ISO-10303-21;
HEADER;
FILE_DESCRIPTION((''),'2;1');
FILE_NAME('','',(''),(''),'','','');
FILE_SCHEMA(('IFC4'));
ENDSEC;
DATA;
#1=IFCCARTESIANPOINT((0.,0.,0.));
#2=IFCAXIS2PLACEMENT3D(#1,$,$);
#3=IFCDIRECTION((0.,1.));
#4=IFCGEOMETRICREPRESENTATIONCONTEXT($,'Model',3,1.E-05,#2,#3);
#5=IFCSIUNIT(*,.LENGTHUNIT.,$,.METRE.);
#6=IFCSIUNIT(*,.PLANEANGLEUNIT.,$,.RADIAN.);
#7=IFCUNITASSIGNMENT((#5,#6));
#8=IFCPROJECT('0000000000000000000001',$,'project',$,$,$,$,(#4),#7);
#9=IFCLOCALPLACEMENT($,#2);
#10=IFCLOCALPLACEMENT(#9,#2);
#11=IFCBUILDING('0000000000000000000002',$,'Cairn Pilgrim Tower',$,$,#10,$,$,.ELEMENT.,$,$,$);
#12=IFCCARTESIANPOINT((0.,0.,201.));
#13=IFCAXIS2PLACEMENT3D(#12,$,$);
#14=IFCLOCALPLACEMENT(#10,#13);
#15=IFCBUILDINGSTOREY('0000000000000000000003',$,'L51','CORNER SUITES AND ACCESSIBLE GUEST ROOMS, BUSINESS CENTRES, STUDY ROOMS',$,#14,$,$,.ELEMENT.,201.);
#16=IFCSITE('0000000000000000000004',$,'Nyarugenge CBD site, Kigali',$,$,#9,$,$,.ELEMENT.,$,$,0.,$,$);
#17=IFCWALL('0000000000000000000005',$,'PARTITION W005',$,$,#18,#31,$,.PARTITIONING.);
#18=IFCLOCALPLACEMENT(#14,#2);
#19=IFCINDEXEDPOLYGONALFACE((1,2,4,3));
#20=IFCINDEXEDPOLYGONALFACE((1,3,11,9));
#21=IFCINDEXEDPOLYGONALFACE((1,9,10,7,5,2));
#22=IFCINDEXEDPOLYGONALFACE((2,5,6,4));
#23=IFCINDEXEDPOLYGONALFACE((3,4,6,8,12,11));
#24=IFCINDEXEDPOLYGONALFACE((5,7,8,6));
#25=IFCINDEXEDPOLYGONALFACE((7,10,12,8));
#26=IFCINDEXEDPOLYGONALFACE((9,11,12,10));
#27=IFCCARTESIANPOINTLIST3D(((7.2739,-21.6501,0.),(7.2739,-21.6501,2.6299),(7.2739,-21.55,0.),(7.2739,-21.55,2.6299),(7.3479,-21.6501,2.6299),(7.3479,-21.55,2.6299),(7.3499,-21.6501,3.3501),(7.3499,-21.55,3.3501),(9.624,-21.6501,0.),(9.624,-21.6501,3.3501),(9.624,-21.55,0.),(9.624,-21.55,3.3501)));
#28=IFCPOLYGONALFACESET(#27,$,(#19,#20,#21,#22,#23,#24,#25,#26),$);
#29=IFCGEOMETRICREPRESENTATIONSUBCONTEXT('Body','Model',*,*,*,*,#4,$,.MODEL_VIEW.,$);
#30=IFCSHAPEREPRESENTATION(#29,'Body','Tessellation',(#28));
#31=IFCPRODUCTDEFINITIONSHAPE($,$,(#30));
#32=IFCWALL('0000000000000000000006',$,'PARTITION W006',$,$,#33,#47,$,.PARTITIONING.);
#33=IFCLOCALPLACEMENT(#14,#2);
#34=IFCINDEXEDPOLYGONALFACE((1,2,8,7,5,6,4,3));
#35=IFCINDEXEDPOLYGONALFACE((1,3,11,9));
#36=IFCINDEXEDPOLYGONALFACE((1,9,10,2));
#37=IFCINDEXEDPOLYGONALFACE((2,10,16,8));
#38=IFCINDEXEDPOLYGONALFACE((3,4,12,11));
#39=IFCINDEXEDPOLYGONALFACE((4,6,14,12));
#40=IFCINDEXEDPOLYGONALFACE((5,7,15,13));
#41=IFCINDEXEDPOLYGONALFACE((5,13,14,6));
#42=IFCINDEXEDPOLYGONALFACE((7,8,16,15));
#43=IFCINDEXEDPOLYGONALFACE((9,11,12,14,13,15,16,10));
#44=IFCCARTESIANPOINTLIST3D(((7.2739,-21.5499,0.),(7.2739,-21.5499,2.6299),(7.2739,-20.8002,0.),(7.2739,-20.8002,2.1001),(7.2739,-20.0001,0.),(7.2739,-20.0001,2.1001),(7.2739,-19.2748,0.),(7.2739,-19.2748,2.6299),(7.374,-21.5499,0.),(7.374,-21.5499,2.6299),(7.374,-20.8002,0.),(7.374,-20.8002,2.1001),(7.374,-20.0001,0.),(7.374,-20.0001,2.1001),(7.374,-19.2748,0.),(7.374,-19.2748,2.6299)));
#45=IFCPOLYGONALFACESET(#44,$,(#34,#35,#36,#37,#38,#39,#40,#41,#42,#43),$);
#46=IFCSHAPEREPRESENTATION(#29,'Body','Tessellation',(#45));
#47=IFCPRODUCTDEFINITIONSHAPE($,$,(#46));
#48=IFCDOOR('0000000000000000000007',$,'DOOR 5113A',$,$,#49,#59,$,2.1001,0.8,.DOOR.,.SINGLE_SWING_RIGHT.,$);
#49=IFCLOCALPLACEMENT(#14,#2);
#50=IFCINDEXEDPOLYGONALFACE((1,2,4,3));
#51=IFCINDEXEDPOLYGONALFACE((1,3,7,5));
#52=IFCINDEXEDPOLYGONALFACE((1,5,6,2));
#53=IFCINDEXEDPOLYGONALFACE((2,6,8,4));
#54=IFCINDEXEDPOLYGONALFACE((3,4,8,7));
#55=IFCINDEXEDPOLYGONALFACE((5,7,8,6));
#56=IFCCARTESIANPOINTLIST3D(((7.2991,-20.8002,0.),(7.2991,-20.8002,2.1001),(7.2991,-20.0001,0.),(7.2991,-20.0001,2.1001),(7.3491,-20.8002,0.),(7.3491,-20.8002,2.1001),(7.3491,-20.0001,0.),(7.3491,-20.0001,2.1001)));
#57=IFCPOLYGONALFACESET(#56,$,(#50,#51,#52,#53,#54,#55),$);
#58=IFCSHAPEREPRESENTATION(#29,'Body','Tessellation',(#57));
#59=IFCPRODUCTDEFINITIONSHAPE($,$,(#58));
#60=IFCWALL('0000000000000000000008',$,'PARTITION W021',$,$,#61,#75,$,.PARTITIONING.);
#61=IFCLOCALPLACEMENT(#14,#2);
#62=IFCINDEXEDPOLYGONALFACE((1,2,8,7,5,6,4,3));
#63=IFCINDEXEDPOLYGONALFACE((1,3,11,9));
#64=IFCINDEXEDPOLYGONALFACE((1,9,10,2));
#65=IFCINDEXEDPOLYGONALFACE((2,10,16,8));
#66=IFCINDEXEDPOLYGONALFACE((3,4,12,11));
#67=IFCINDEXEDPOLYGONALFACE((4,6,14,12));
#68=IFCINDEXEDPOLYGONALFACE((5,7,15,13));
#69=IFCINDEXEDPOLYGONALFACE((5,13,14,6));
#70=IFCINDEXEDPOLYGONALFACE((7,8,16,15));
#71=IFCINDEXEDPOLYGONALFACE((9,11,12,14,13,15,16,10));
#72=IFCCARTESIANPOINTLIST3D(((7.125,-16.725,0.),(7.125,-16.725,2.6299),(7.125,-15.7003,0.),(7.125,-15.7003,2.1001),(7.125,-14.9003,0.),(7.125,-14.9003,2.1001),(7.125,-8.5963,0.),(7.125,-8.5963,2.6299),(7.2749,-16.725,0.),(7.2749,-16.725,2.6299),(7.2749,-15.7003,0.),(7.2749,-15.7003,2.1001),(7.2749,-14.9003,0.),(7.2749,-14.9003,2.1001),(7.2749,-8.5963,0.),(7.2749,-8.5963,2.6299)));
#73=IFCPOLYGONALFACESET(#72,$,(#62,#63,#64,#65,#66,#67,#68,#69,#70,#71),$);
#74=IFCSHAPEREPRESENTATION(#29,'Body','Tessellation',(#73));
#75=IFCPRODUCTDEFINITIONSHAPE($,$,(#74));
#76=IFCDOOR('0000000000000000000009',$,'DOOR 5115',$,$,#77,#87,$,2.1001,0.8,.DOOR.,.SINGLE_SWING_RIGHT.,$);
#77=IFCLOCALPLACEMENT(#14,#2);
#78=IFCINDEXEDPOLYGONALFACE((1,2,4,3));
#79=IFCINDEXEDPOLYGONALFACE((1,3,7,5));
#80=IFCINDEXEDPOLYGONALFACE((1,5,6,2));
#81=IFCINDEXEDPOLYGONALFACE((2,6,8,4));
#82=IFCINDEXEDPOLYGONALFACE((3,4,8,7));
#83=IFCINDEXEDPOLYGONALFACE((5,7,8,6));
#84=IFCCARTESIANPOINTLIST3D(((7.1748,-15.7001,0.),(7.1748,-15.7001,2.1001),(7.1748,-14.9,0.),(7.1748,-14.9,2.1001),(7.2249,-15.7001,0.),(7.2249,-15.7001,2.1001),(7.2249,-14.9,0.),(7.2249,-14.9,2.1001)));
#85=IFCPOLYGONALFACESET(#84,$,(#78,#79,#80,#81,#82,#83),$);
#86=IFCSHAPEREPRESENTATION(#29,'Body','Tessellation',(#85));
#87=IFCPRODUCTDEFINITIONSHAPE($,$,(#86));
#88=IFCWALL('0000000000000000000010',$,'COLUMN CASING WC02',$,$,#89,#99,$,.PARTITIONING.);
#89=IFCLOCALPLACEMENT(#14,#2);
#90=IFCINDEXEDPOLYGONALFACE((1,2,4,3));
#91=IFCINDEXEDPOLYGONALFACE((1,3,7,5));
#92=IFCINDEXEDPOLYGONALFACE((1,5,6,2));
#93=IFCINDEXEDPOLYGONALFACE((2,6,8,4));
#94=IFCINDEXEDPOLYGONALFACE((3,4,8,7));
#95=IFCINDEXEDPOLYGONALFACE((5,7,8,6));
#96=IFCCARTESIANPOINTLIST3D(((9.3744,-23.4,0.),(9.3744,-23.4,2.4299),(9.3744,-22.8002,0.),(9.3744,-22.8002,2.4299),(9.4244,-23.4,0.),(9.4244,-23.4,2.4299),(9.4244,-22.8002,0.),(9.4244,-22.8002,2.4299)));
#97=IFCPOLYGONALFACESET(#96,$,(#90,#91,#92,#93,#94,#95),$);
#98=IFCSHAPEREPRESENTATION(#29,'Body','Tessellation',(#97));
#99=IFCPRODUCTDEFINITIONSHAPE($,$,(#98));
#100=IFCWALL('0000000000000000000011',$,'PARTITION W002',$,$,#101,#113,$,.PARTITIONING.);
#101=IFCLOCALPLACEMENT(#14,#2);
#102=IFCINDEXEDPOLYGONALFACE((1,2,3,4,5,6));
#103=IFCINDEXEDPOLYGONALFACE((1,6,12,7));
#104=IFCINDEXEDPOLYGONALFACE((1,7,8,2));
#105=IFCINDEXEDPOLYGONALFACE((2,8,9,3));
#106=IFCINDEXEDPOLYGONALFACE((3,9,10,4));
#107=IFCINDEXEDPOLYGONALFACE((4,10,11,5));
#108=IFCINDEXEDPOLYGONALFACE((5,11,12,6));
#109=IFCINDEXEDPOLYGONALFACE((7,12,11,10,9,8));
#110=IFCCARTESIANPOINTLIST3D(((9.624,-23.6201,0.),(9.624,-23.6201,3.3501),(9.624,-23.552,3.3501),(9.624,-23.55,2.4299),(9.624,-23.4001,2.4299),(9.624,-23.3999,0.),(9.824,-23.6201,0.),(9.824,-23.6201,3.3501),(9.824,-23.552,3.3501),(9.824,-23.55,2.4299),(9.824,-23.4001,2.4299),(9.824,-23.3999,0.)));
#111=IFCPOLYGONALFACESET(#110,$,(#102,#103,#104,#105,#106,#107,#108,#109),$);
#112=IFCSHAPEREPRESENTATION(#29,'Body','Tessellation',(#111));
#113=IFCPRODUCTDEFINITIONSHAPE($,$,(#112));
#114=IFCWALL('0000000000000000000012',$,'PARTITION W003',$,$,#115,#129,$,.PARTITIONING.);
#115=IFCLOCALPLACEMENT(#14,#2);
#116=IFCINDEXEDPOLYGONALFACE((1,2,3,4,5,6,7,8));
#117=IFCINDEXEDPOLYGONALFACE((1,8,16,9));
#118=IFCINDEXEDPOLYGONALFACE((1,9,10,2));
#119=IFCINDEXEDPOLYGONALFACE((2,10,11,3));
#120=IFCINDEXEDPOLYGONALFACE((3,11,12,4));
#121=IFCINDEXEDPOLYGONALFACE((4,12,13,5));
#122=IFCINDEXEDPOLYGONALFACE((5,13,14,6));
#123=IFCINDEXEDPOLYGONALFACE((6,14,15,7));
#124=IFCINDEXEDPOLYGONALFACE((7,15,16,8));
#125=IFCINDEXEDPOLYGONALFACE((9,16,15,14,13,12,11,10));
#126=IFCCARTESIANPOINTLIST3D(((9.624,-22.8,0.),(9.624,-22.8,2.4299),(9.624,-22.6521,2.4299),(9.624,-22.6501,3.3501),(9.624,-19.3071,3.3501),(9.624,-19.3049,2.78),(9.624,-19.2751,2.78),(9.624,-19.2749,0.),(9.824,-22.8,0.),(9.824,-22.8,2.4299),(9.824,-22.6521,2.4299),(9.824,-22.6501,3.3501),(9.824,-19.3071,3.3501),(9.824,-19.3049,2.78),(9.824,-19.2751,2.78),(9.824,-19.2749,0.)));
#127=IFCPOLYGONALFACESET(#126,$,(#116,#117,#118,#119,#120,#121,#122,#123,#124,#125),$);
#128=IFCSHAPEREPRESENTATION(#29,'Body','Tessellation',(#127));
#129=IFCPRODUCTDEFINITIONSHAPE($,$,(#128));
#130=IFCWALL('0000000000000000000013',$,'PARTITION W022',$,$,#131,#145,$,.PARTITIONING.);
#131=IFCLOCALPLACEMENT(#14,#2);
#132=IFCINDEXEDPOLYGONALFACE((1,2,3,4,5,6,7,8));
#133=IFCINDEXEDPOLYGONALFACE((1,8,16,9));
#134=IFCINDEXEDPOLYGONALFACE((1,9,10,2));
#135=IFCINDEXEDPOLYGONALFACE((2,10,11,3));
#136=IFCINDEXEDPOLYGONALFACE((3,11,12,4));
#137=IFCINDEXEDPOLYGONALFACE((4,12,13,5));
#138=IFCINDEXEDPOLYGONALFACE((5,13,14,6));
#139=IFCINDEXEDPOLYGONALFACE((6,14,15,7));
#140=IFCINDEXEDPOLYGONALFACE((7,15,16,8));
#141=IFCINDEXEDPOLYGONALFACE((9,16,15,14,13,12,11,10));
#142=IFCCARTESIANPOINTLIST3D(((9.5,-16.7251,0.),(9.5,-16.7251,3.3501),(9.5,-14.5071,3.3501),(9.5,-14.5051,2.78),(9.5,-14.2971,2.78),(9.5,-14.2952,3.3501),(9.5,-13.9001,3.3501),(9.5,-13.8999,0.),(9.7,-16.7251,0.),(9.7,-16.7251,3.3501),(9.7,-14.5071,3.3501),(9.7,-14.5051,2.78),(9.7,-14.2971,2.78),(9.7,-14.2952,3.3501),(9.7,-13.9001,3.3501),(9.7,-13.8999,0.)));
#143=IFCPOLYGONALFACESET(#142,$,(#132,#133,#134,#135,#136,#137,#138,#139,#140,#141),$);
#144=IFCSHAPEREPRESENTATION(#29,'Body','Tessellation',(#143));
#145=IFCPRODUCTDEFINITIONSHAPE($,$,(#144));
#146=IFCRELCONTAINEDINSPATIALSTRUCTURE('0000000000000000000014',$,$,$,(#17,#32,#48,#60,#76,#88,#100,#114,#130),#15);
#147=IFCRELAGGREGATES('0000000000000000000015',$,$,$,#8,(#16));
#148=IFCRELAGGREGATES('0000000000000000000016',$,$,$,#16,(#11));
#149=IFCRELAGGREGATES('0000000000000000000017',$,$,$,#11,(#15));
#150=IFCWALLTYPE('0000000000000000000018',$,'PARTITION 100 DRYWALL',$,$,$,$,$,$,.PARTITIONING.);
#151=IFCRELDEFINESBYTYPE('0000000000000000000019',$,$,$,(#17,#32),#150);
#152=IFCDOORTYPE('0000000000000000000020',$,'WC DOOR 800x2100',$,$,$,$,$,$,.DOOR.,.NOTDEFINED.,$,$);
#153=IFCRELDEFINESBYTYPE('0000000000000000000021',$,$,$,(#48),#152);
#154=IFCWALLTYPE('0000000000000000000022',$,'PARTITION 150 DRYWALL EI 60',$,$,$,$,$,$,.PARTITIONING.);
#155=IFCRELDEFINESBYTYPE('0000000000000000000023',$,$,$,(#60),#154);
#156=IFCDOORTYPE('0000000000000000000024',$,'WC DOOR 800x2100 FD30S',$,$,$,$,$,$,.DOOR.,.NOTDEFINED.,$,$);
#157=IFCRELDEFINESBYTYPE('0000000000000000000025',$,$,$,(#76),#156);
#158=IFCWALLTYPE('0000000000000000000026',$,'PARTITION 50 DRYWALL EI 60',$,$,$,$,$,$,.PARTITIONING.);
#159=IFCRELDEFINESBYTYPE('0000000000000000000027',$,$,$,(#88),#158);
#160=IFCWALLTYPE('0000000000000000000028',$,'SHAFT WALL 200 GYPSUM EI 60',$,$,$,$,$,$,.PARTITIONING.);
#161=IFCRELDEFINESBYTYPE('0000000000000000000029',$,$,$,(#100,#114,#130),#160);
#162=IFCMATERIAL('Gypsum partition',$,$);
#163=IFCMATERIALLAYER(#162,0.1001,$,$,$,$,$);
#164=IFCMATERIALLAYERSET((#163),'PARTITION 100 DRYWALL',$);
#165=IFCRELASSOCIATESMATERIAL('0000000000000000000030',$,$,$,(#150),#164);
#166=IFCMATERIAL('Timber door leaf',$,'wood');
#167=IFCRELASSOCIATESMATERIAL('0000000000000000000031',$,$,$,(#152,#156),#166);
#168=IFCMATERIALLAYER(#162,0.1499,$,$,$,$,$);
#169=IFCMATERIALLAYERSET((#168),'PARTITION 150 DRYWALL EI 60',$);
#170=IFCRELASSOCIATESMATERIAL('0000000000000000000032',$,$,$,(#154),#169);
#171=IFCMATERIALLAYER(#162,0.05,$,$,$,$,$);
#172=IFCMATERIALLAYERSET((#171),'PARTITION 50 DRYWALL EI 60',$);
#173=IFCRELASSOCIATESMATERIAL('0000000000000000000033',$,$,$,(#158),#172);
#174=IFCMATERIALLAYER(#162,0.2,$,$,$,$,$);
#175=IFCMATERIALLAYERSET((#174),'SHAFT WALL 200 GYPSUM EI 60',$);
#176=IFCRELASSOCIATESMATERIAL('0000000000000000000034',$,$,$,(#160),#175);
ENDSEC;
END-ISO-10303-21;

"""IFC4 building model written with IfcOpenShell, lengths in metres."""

from ifc_helpers import new_model, si_unit, direction, frame, frame_2d, origin, place, context, subcontext, project, spatial, polyline, rectangle, outline, extrude, material, layer, layer_set, type_object, element, fill, save


model = new_model("IFC4")

# Units and contexts
model_context = context("Model", 3, precision=1e-05, world=origin(), true_north=direction((0.0, 1.0)))
body_context = subcontext(model_context, "Body", "Model", "MODEL_VIEW")
ifc_project = project(units=[si_unit("LENGTHUNIT", "METRE"), si_unit("PLANEANGLEUNIT", "RADIAN")], contexts=[model_context])

# Site, building, storey
site_placement = place(None, origin())
site = spatial("IfcSite", under=ifc_project, at=site_placement, Name="Nyarugenge CBD site, Kigali", CompositionType="ELEMENT", RefElevation=0.0)
building_placement = place(site_placement, origin())
building = spatial("IfcBuilding", under=site, at=building_placement, Name="Cairn Pilgrim Tower", CompositionType="ELEMENT")
storey_placement = place(building_placement, frame((0.0, 0.0, 201.0)))
storey = spatial("IfcBuildingStorey", under=building, at=storey_placement, Name="L51", Description="CORNER SUITES AND ACCESSIBLE GUEST ROOMS, BUSINESS CENTRES, STUDY ROOMS", CompositionType="ELEMENT", Elevation=201.0)

# Wall
ifc_material_1 = material(Name="Gypsum partition")
ifc_layer_1 = layer(ifc_material_1, 0.1001)
ifc_layer_set_1 = layer_set([ifc_layer_1], Name="PARTITION 100 DRYWALL")
wall_type_1 = type_object("IfcWallType", Name="PARTITION 100 DRYWALL", PredefinedType="PARTITIONING", material=ifc_layer_set_1)
wall_1_placement = place(storey_placement, frame((7.2739, -21.6001, 0.0), z_axis=(0.0, 0.0, 1.0), x_axis=(1.0, 0.0, 0.0)))
element("IfcWall", 1, at=wall_1_placement, inside=storey, type_object=wall_type_1, Name="PARTITION W005", PredefinedType="PARTITIONING", context=body_context, shape_type="SweptSolid", body=[
    extrude(outline(polyline([(0.0, 0.0), (2.3501, 0.0), (2.3501, 3.3501), (0.0759, 3.3501), (0.074, 2.6299), (0.0, 2.6299), (0.0, 0.0)])), frame((0.0, 0.05, 0.0), z_axis=(0.0, -1.0, 0.0), x_axis=(1.0, 0.0, 0.0)), (0.0, 0.0, 1.0), 0.1001),
])

# Walls, openings, doors
wall_2_placement = place(storey_placement, frame((7.324, -21.55, 0.0), z_axis=(0.0, 0.0, 1.0), x_axis=(0.0, 1.0, 0.0)))
wall_2 = element("IfcWall", 2, at=wall_2_placement, inside=storey, type_object=wall_type_1, Name="PARTITION W006", PredefinedType="PARTITIONING", context=body_context, shape_type="SweptSolid", body=[
    extrude(rectangle(XDim=2.2751, YDim=0.1001, at=frame_2d((1.1377, 0.0))), origin(), (0.0, 0.0, 1.0), 2.6299),
])
opening_1_placement = place(wall_2_placement, frame((0.75, 0.0, 0.0)))
opening_1 = element("IfcOpeningElement", 3, at=opening_1_placement, cuts=wall_2, PredefinedType="OPENING", context=body_context, shape_type="SweptSolid", body=[
    extrude(rectangle(XDim=0.8, YDim=2.1001, at=frame_2d((0.3999, 1.05))), frame((0.0, 0.0601, 0.0), z_axis=(0.0, -1.0, 0.0), x_axis=(1.0, 0.0, 0.0)), (0.0, 0.0, 1.0), 0.1201),
])
ifc_material_2 = material(Name="Timber door leaf", Category="wood")
door_type_1 = type_object("IfcDoorType", Name="WC DOOR 800x2100", OperationType="NOTDEFINED", PredefinedType="DOOR", material=ifc_material_2)
door_1_placement = place(opening_1_placement, origin())
door_1 = element("IfcDoor", 4, at=door_1_placement, inside=storey, type_object=door_type_1, Name="DOOR 5113A", OperationType="SINGLE_SWING_RIGHT", OverallHeight=2.1001, OverallWidth=0.8, PredefinedType="DOOR", context=body_context, shape_type="SweptSolid", body=[
    extrude(rectangle(XDim=0.8, YDim=2.1001, at=frame_2d((0.3999, 1.05))), frame((0.0, 0.0249, 0.0), z_axis=(0.0, -1.0, 0.0), x_axis=(1.0, 0.0, 0.0)), (0.0, 0.0, 1.0), 0.05),
])
fill(opening_1, door_1)
ifc_layer_2 = layer(ifc_material_1, 0.1499)
ifc_layer_set_2 = layer_set([ifc_layer_2], Name="PARTITION 150 DRYWALL EI 60")
wall_type_2 = type_object("IfcWallType", Name="PARTITION 150 DRYWALL EI 60", PredefinedType="PARTITIONING", material=ifc_layer_set_2)
wall_3_placement = place(storey_placement, frame((7.2, -16.7251, 0.0), z_axis=(0.0, 0.0, 1.0), x_axis=(0.0, 1.0, 0.0)))
wall_3 = element("IfcWall", 5, at=wall_3_placement, inside=storey, type_object=wall_type_2, Name="PARTITION W021", PredefinedType="PARTITIONING", context=body_context, shape_type="SweptSolid", body=[
    extrude(rectangle(XDim=8.1287, YDim=0.1499, at=frame_2d((4.0645, 0.0))), origin(), (0.0, 0.0, 1.0), 2.6299),
])
opening_2_placement = place(wall_3_placement, frame((1.0249, 0.0, 0.0)))
opening_2 = element("IfcOpeningElement", 6, at=opening_2_placement, cuts=wall_3, PredefinedType="OPENING", context=body_context, shape_type="SweptSolid", body=[
    extrude(rectangle(XDim=0.8, YDim=2.1001, at=frame_2d((0.3999, 1.05))), frame((0.0, 0.085, 0.0), z_axis=(0.0, -1.0, 0.0), x_axis=(1.0, 0.0, 0.0)), (0.0, 0.0, 1.0), 0.1699),
])
door_type_2 = type_object("IfcDoorType", Name="WC DOOR 800x2100 FD30S", OperationType="NOTDEFINED", PredefinedType="DOOR", material=ifc_material_2)
door_2_placement = place(opening_2_placement, frame((0.8, 0.0, 0.0), z_axis=(0.0, 0.0, 1.0), x_axis=(-1.0, 0.0, 0.0)))
door_2 = element("IfcDoor", 7, at=door_2_placement, inside=storey, type_object=door_type_2, Name="DOOR 5115", OperationType="SINGLE_SWING_RIGHT", OverallHeight=2.1001, OverallWidth=0.8, PredefinedType="DOOR", context=body_context, shape_type="SweptSolid", body=[
    extrude(rectangle(XDim=0.8, YDim=2.1001, at=frame_2d((0.3999, 1.05))), frame((0.0, 0.0249, 0.0), z_axis=(0.0, -1.0, 0.0), x_axis=(1.0, 0.0, 0.0)), (0.0, 0.0, 1.0), 0.05),
])
fill(opening_2, door_2)

# Walls
ifc_layer_3 = layer(ifc_material_1, 0.05)
ifc_layer_set_3 = layer_set([ifc_layer_3], Name="PARTITION 50 DRYWALL EI 60")
wall_type_3 = type_object("IfcWallType", Name="PARTITION 50 DRYWALL EI 60", PredefinedType="PARTITIONING", material=ifc_layer_set_3)
wall_4_placement = place(storey_placement, frame((9.3994, -23.3999, 0.0), z_axis=(0.0, 0.0, 1.0), x_axis=(0.0, 1.0, 0.0)))
element("IfcWall", 8, at=wall_4_placement, inside=storey, type_object=wall_type_3, Name="COLUMN CASING WC02", PredefinedType="PARTITIONING", context=body_context, shape_type="SweptSolid", body=[
    extrude(rectangle(XDim=0.5999, YDim=0.05, at=frame_2d((0.2998, 0.0))), origin(), (0.0, 0.0, 1.0), 2.4299),
])
ifc_layer_4 = layer(ifc_material_1, 0.2)
ifc_layer_set_4 = layer_set([ifc_layer_4], Name="SHAFT WALL 200 GYPSUM EI 60")
wall_type_4 = type_object("IfcWallType", Name="SHAFT WALL 200 GYPSUM EI 60", PredefinedType="PARTITIONING", material=ifc_layer_set_4)
wall_5_placement = place(storey_placement, frame((9.7241, -23.6201, 0.0), z_axis=(0.0, 0.0, 1.0), x_axis=(0.0, 1.0, 0.0)))
element("IfcWall", 9, at=wall_5_placement, inside=storey, type_object=wall_type_4, Name="PARTITION W002", PredefinedType="PARTITIONING", context=body_context, shape_type="SweptSolid", body=[
    extrude(outline(polyline([(0.0, 0.0), (0.2202, 0.0), (0.22, 2.4299), (0.0701, 2.4299), (0.0681, 3.3501), (0.0, 3.3501), (0.0, 0.0)])), frame((0.0, 0.1001, 0.0), z_axis=(0.0, -1.0, 0.0), x_axis=(1.0, 0.0, 0.0)), (0.0, 0.0, 1.0), 0.2),
])
wall_6_placement = place(storey_placement, frame((9.7241, -22.8, 0.0), z_axis=(0.0, 0.0, 1.0), x_axis=(0.0, 1.0, 0.0)))
element("IfcWall", 10, at=wall_6_placement, inside=storey, type_object=wall_type_4, Name="PARTITION W003", PredefinedType="PARTITIONING", context=body_context, shape_type="SweptSolid", body=[
    extrude(outline(polyline([(0.0, 0.0), (3.5251, 0.0), (3.5249, 2.78), (3.4951, 2.78), (3.4929, 3.3501), (0.1499, 3.3501), (0.1479, 2.4299), (0.0, 2.4299), (0.0, 0.0)])), frame((0.0, 0.1001, 0.0), z_axis=(0.0, -1.0, 0.0), x_axis=(1.0, 0.0, 0.0)), (0.0, 0.0, 1.0), 0.2),
])
wall_7_placement = place(storey_placement, frame((9.6001, -16.7251, 0.0), z_axis=(0.0, 0.0, 1.0), x_axis=(0.0, 1.0, 0.0)))
element("IfcWall", 11, at=wall_7_placement, inside=storey, type_object=wall_type_4, Name="PARTITION W022", PredefinedType="PARTITIONING", context=body_context, shape_type="SweptSolid", body=[
    extrude(outline(polyline([(0.0, 0.0), (2.8252, 0.0), (2.825, 3.3501), (2.4299, 3.3501), (2.428, 2.78), (2.22, 2.78), (2.218, 3.3501), (0.0, 3.3501), (0.0, 0.0)])), frame((0.0, 0.1001, 0.0), z_axis=(0.0, -1.0, 0.0), x_axis=(1.0, 0.0, 0.0)), (0.0, 0.0, 1.0), 0.2),
])

save(model, "model.ifc")
